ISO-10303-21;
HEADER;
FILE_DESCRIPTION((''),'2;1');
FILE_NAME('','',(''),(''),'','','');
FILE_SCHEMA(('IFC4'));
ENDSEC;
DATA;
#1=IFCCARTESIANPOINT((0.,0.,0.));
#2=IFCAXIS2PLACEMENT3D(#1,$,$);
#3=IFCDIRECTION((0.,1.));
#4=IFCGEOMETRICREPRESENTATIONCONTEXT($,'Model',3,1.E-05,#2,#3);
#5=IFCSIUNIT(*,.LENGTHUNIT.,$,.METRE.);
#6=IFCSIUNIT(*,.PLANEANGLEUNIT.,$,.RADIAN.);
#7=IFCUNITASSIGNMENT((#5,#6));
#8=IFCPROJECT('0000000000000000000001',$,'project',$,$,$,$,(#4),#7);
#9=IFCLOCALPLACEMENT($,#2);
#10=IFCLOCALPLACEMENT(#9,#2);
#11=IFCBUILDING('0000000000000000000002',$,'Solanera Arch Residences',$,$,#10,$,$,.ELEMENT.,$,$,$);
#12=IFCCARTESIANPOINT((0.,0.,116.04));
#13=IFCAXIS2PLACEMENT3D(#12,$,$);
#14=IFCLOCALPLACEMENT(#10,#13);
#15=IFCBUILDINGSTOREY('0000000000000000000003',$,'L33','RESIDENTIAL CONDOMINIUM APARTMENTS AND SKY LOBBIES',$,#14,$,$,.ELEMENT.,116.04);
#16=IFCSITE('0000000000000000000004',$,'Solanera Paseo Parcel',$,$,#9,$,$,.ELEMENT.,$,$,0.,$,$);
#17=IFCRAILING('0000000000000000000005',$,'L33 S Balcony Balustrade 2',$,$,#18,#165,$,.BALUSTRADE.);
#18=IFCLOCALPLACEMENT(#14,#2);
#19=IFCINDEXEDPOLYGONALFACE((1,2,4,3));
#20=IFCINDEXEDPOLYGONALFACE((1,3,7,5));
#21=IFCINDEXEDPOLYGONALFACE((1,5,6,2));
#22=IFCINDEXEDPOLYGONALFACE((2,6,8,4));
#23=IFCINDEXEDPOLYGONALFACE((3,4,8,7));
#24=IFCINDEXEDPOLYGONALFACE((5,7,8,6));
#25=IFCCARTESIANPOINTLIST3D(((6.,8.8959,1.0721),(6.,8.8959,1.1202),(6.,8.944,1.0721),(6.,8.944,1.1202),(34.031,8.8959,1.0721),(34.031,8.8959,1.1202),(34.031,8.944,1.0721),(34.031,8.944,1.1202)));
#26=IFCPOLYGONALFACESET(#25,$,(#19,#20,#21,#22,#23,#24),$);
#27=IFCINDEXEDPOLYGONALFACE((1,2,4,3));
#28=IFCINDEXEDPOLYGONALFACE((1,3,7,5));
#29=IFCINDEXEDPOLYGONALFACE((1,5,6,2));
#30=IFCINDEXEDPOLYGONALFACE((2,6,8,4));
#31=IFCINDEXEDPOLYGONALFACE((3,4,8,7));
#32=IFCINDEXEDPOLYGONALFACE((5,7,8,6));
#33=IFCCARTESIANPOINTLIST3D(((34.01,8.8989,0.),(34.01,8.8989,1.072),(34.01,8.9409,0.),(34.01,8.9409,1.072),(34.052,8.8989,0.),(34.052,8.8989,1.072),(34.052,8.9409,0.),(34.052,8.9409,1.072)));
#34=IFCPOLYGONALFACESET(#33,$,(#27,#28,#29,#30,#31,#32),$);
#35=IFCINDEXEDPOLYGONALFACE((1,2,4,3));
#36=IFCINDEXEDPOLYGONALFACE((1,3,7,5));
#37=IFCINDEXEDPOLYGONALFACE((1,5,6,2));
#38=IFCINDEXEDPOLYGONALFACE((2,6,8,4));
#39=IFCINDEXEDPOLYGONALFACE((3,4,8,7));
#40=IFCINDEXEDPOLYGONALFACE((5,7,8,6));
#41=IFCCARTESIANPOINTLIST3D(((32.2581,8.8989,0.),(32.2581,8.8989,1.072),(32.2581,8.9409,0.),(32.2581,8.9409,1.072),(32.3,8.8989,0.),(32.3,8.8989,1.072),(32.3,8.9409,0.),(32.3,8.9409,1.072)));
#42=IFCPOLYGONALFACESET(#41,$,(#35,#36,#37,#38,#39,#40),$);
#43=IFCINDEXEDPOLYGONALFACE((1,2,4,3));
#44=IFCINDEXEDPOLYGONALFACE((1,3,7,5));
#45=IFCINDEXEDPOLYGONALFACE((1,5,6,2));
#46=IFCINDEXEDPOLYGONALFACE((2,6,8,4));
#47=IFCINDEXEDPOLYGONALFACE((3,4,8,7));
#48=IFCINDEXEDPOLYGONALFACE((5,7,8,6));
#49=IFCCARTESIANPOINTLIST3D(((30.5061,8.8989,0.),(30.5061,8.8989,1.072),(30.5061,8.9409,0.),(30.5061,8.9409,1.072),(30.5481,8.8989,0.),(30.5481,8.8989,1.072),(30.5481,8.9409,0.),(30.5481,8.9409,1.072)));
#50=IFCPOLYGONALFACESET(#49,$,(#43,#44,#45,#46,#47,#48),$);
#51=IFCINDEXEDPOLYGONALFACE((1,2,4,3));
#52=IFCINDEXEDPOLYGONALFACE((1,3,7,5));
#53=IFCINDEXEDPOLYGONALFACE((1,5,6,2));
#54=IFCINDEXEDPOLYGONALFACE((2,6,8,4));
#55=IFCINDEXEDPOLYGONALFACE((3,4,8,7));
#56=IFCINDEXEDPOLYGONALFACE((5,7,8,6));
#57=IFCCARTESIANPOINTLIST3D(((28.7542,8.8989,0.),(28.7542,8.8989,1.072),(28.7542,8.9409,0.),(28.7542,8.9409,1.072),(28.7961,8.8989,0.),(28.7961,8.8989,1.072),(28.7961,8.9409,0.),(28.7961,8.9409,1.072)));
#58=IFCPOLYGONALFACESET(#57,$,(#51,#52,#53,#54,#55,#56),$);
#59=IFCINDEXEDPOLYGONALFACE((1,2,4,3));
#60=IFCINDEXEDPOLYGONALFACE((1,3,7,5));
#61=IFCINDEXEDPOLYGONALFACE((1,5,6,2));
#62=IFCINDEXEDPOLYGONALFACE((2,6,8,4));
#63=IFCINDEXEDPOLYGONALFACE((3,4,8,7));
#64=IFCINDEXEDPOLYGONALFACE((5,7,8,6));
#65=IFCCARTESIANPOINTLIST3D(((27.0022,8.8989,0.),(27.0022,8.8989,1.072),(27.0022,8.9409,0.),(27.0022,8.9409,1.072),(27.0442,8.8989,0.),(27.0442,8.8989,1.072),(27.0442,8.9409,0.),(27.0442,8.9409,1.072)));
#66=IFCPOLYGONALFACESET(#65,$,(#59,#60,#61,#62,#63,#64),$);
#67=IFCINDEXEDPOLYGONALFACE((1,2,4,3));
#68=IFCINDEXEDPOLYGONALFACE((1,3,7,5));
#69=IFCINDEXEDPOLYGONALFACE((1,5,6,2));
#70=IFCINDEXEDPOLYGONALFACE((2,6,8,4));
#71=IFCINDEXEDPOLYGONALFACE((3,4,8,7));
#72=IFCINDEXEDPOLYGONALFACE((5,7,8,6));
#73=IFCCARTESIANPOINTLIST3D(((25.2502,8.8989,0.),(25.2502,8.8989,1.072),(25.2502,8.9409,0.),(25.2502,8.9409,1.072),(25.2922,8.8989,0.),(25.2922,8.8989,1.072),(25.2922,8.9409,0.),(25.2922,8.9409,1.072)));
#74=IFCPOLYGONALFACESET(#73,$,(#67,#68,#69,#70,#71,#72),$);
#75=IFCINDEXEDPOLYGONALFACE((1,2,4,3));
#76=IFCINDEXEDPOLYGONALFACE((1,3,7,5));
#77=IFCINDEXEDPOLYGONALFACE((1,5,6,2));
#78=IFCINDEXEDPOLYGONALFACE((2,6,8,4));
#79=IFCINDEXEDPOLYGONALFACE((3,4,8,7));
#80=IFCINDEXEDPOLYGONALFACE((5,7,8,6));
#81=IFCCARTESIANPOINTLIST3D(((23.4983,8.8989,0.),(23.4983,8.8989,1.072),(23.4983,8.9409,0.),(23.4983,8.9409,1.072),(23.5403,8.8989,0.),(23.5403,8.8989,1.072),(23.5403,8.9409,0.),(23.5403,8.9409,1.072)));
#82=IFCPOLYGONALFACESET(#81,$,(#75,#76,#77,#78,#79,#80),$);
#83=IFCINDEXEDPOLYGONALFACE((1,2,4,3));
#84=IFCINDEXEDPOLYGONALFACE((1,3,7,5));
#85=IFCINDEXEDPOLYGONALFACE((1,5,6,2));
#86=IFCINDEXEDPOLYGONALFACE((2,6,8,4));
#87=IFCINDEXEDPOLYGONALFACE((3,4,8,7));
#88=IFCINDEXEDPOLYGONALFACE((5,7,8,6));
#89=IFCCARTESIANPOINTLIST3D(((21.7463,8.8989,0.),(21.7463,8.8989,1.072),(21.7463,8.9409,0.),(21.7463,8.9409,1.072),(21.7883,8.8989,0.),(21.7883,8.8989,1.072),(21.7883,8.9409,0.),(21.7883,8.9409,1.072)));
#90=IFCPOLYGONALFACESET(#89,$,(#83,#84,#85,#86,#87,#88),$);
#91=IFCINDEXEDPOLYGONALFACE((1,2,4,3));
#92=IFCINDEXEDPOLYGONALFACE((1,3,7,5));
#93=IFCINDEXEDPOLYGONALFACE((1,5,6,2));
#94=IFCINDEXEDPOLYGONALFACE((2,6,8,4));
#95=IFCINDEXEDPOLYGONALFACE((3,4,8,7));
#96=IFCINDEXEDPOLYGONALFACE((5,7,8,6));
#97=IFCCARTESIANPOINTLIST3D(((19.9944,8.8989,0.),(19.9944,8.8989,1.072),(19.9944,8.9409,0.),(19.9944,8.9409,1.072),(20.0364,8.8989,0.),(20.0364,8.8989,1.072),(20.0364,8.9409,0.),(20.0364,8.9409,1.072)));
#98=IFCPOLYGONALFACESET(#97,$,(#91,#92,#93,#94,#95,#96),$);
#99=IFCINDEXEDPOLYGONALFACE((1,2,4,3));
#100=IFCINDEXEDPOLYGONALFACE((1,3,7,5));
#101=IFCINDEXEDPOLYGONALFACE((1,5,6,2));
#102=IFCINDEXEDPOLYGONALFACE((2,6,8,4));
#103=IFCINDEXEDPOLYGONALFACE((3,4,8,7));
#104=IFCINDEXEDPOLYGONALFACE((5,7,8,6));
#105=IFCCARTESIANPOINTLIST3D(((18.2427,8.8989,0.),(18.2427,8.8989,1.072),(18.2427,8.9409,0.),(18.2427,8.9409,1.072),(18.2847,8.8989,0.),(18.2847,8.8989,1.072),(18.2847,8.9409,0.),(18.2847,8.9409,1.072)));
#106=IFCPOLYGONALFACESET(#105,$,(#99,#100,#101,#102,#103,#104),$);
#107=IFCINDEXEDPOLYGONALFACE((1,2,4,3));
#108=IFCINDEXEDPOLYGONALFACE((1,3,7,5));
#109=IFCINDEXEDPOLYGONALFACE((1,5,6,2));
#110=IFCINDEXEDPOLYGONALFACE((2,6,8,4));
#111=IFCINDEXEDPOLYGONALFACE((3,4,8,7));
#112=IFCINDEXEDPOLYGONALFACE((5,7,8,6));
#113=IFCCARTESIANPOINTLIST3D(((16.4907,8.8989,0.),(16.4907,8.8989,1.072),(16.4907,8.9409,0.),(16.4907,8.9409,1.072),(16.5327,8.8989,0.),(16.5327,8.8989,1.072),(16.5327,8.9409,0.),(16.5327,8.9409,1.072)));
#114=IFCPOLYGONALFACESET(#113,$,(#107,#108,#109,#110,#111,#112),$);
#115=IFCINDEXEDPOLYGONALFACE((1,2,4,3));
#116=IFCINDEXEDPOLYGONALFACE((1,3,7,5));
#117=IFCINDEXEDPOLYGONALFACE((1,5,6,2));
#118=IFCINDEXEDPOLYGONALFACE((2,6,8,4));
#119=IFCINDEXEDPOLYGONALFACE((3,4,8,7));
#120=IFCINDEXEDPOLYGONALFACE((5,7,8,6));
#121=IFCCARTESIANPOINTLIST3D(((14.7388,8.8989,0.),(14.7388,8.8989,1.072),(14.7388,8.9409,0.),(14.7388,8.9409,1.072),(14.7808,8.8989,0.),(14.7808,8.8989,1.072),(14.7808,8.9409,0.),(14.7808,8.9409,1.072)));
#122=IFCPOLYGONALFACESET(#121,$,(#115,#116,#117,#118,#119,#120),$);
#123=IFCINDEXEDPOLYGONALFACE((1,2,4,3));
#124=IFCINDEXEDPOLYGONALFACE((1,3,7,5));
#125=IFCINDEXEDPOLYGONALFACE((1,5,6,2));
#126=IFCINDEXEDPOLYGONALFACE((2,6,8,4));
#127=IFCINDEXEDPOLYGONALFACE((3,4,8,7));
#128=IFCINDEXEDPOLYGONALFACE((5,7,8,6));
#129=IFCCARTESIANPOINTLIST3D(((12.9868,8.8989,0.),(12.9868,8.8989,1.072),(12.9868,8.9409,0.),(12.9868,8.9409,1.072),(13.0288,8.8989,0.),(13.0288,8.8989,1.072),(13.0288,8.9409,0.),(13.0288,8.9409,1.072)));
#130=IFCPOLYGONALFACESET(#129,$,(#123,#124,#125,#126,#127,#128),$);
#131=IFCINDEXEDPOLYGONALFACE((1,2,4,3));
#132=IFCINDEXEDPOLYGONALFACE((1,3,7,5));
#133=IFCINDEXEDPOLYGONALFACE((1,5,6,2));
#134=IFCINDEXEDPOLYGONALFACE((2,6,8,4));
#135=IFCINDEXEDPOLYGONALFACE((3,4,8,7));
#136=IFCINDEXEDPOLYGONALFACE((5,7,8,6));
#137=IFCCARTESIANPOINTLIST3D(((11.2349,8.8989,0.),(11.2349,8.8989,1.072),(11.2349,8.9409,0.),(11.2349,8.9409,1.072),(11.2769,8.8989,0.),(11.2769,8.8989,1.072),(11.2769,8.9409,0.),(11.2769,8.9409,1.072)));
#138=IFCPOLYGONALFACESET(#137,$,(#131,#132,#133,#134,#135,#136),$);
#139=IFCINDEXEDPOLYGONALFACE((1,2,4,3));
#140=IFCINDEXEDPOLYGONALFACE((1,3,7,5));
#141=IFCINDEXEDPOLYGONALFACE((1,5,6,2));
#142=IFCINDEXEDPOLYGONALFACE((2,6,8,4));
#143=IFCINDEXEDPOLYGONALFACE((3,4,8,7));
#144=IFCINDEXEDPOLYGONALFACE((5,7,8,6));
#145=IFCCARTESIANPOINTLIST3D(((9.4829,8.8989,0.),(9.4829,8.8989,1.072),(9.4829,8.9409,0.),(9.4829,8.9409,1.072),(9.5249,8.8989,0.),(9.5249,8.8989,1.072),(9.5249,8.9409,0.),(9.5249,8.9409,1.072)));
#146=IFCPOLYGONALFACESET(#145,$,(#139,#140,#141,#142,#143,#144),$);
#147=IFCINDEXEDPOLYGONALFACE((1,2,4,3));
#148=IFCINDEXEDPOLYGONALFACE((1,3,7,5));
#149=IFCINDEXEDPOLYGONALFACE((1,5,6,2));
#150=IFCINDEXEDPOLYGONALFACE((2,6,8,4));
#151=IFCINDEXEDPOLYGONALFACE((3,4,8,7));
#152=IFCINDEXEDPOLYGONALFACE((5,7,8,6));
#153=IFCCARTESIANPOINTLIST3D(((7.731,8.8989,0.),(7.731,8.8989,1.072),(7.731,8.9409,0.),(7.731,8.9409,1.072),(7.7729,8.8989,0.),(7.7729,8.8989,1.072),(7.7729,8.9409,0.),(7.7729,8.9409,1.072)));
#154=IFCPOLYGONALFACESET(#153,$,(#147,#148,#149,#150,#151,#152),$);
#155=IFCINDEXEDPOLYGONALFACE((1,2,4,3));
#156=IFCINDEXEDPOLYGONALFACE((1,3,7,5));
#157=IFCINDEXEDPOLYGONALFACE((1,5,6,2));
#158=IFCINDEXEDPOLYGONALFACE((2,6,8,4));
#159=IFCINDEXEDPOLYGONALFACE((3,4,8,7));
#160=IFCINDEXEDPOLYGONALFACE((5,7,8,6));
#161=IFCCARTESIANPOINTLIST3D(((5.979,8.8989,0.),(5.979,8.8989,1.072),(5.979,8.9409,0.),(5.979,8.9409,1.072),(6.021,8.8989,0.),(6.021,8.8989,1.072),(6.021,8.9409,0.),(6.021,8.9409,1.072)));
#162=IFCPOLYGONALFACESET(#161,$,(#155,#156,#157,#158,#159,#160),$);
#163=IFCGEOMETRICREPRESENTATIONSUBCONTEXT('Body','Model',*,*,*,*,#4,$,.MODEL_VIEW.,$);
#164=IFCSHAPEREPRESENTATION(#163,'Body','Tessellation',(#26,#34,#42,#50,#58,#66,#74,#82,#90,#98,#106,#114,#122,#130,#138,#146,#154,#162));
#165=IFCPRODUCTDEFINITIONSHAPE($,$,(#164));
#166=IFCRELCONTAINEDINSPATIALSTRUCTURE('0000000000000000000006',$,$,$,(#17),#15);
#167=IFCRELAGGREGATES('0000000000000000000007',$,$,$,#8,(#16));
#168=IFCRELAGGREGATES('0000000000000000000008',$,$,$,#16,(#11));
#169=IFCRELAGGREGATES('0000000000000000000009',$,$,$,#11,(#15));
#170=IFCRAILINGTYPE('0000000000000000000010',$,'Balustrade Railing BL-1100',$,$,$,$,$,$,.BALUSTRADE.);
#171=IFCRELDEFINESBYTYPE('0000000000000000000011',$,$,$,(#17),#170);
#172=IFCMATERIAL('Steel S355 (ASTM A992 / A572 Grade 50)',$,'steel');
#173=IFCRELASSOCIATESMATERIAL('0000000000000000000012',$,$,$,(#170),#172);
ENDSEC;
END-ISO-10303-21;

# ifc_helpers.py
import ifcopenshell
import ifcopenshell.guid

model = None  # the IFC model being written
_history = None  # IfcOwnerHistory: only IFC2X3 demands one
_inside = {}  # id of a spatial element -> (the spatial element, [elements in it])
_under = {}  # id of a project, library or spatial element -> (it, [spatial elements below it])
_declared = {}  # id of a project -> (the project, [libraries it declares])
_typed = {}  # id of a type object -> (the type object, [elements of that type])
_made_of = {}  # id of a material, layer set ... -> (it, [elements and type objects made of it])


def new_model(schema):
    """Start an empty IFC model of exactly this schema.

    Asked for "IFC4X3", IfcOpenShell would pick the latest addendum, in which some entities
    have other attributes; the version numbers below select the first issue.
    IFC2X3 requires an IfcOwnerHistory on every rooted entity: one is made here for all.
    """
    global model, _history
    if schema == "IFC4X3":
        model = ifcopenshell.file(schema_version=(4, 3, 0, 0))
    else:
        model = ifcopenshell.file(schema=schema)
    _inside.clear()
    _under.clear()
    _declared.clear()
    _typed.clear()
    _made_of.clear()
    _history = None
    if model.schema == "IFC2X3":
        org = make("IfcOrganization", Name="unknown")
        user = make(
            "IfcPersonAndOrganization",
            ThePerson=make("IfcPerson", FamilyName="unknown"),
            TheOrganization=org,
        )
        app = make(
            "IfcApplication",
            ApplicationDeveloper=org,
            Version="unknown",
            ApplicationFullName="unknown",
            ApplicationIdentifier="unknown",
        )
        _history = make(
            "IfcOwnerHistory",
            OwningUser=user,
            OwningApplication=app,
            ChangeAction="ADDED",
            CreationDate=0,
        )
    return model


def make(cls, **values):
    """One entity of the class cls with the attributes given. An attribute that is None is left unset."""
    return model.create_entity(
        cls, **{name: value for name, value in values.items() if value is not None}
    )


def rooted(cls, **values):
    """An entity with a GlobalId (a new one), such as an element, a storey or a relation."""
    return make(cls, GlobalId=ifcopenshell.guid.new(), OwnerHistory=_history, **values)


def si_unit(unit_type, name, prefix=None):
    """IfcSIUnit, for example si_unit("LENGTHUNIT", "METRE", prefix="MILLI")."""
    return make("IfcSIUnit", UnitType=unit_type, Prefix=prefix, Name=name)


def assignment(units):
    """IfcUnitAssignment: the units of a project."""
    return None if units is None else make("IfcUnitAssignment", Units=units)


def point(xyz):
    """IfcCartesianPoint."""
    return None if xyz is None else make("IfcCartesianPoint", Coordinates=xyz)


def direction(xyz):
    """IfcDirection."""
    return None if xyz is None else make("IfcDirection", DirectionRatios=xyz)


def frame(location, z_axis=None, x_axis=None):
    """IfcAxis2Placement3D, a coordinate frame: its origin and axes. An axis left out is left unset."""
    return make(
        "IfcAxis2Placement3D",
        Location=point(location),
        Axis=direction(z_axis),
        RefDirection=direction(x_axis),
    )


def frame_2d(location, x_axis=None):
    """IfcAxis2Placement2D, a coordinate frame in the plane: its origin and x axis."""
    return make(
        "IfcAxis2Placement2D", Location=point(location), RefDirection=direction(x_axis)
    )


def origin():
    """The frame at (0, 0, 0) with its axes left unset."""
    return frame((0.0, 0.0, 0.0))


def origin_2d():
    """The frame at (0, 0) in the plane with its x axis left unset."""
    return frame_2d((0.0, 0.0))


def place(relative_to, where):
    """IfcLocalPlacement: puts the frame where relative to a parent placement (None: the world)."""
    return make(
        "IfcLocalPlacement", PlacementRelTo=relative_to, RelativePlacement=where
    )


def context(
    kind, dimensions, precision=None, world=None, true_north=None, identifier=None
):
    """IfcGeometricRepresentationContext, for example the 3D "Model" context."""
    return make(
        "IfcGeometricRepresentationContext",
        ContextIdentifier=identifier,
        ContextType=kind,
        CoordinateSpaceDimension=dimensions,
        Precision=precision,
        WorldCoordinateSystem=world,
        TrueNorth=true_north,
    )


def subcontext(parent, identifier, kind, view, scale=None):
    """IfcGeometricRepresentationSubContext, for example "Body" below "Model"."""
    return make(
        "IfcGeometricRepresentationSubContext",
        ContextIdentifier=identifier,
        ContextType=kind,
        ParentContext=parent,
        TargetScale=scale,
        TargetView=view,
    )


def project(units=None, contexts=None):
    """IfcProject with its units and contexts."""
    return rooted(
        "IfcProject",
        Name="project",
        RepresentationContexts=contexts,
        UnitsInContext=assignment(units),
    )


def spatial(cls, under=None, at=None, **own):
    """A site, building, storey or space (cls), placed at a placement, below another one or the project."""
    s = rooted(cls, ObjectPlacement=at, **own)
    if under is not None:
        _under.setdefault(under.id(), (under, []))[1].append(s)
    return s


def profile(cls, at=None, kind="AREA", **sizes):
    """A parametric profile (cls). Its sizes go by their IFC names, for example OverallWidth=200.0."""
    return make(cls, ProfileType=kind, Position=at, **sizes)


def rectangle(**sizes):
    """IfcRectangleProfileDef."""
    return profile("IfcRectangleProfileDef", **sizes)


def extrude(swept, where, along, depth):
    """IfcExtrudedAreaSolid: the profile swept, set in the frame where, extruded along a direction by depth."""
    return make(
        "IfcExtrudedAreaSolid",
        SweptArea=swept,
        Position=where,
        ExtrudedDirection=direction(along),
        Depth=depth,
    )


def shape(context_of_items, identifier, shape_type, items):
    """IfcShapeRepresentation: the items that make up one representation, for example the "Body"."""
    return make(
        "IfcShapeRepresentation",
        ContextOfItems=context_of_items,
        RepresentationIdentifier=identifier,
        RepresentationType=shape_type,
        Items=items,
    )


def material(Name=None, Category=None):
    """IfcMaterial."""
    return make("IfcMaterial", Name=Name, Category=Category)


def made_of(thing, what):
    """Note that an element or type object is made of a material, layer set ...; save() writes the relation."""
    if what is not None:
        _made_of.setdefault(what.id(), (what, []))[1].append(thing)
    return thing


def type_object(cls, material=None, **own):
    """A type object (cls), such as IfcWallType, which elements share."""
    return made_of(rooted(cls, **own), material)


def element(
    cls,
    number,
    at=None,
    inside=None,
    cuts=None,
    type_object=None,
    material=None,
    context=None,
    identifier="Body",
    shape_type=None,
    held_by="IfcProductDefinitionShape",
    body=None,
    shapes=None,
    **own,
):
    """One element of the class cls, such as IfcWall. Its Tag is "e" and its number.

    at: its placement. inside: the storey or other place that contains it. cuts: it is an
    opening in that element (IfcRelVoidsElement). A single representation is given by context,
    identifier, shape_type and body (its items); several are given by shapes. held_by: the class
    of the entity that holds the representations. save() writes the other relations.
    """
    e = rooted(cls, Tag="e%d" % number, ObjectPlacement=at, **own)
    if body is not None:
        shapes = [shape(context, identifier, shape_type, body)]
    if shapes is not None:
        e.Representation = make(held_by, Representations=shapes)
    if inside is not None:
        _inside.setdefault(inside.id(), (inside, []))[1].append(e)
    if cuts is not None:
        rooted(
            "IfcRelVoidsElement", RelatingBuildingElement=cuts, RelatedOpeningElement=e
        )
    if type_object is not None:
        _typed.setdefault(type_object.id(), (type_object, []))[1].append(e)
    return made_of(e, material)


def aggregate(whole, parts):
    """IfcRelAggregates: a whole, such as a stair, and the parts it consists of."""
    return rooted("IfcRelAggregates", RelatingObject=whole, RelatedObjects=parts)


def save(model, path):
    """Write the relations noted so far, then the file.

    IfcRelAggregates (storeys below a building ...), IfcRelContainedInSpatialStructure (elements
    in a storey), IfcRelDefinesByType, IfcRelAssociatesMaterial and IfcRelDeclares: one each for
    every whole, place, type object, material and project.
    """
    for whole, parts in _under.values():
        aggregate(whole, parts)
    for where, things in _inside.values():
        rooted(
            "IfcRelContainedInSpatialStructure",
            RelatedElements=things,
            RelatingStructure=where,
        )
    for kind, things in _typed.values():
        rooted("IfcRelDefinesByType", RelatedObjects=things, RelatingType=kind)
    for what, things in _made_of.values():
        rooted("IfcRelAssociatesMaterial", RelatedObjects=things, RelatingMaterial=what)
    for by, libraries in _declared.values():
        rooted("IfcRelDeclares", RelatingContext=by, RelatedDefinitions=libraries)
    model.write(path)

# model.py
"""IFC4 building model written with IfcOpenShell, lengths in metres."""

from ifc_helpers import new_model, si_unit, direction, frame, origin, origin_2d, place, context, subcontext, project, spatial, rectangle, extrude, material, type_object, element, save


model = new_model("IFC4")

# Units and contexts
model_context = context("Model", 3, precision=1e-05, world=origin(), true_north=direction((0.0, 1.0)))
body_context = subcontext(model_context, "Body", "Model", "MODEL_VIEW")
ifc_project = project(units=[si_unit("LENGTHUNIT", "METRE"), si_unit("PLANEANGLEUNIT", "RADIAN")], contexts=[model_context])

# Site, building, storey
site_placement = place(None, origin())
site = spatial("IfcSite", under=ifc_project, at=site_placement, Name="Solanera Paseo Parcel", CompositionType="ELEMENT", RefElevation=0.0)
building_placement = place(site_placement, origin())
building = spatial("IfcBuilding", under=site, at=building_placement, Name="Solanera Arch Residences", CompositionType="ELEMENT")
storey_placement = place(building_placement, frame((0.0, 0.0, 116.04)))
storey = spatial("IfcBuildingStorey", under=building, at=storey_placement, Name="L33", Description="RESIDENTIAL CONDOMINIUM APARTMENTS AND SKY LOBBIES", CompositionType="ELEMENT", Elevation=116.04)

# Railing
ifc_material_1 = material(Name="Steel S355 (ASTM A992 / A572 Grade 50)", Category="steel")
railing_type = type_object("IfcRailingType", Name="Balustrade Railing BL-1100", PredefinedType="BALUSTRADE", material=ifc_material_1)
railing_placement = place(storey_placement, frame((34.031, 8.9199, 0.0)))
element("IfcRailing", 1, at=railing_placement, inside=storey, type_object=railing_type, Name="L33 S Balcony Balustrade 2", PredefinedType="BALUSTRADE", context=body_context, shape_type="SweptSolid", body=[
    extrude(rectangle(XDim=0.0481, YDim=0.0481, at=origin_2d()), frame((0.0, 0.0, 1.0962), z_axis=(-1.0, 0.0, 0.0), x_axis=(0.0, -1.0, 0.0)), (0.0, 0.0, 1.0), 28.031),
    extrude(rectangle(XDim=0.042, YDim=0.042, at=origin_2d()), origin(), (0.0, 0.0, 1.0), 1.072),
    extrude(rectangle(XDim=0.042, YDim=0.042, at=origin_2d()), frame((-1.752, 0.0, 0.0)), (0.0, 0.0, 1.0), 1.072),
    extrude(rectangle(XDim=0.042, YDim=0.042, at=origin_2d()), frame((-3.5039, 0.0, 0.0)), (0.0, 0.0, 1.0), 1.072),
    extrude(rectangle(XDim=0.042, YDim=0.042, at=origin_2d()), frame((-5.2559, 0.0, 0.0)), (0.0, 0.0, 1.0), 1.072),
    extrude(rectangle(XDim=0.042, YDim=0.042, at=origin_2d()), frame((-7.0078, 0.0, 0.0)), (0.0, 0.0, 1.0), 1.072),
    extrude(rectangle(XDim=0.042, YDim=0.042, at=origin_2d()), frame((-8.7598, 0.0, 0.0)), (0.0, 0.0, 1.0), 1.072),
    extrude(rectangle(XDim=0.042, YDim=0.042, at=origin_2d()), frame((-10.5117, 0.0, 0.0)), (0.0, 0.0, 1.0), 1.072),
    extrude(rectangle(XDim=0.042, YDim=0.042, at=origin_2d()), frame((-12.2637, 0.0, 0.0)), (0.0, 0.0, 1.0), 1.072),
    extrude(rectangle(XDim=0.042, YDim=0.042, at=origin_2d()), frame((-14.0156, 0.0, 0.0)), (0.0, 0.0, 1.0), 1.072),
    extrude(rectangle(XDim=0.042, YDim=0.042, at=origin_2d()), frame((-15.7673, 0.0, 0.0)), (0.0, 0.0, 1.0), 1.072),
    extrude(rectangle(XDim=0.042, YDim=0.042, at=origin_2d()), frame((-17.5193, 0.0, 0.0)), (0.0, 0.0, 1.0), 1.072),
    extrude(rectangle(XDim=0.042, YDim=0.042, at=origin_2d()), frame((-19.2712, 0.0, 0.0)), (0.0, 0.0, 1.0), 1.072),
    extrude(rectangle(XDim=0.042, YDim=0.042, at=origin_2d()), frame((-21.0232, 0.0, 0.0)), (0.0, 0.0, 1.0), 1.072),
    extrude(rectangle(XDim=0.042, YDim=0.042, at=origin_2d()), frame((-22.7751, 0.0, 0.0)), (0.0, 0.0, 1.0), 1.072),
    extrude(rectangle(XDim=0.042, YDim=0.042, at=origin_2d()), frame((-24.5271, 0.0, 0.0)), (0.0, 0.0, 1.0), 1.072),
    extrude(rectangle(XDim=0.042, YDim=0.042, at=origin_2d()), frame((-26.2791, 0.0, 0.0)), (0.0, 0.0, 1.0), 1.072),
    extrude(rectangle(XDim=0.042, YDim=0.042, at=origin_2d()), frame((-28.031, 0.0, 0.0)), (0.0, 0.0, 1.0), 1.072),
])

save(model, "model.ifc")
